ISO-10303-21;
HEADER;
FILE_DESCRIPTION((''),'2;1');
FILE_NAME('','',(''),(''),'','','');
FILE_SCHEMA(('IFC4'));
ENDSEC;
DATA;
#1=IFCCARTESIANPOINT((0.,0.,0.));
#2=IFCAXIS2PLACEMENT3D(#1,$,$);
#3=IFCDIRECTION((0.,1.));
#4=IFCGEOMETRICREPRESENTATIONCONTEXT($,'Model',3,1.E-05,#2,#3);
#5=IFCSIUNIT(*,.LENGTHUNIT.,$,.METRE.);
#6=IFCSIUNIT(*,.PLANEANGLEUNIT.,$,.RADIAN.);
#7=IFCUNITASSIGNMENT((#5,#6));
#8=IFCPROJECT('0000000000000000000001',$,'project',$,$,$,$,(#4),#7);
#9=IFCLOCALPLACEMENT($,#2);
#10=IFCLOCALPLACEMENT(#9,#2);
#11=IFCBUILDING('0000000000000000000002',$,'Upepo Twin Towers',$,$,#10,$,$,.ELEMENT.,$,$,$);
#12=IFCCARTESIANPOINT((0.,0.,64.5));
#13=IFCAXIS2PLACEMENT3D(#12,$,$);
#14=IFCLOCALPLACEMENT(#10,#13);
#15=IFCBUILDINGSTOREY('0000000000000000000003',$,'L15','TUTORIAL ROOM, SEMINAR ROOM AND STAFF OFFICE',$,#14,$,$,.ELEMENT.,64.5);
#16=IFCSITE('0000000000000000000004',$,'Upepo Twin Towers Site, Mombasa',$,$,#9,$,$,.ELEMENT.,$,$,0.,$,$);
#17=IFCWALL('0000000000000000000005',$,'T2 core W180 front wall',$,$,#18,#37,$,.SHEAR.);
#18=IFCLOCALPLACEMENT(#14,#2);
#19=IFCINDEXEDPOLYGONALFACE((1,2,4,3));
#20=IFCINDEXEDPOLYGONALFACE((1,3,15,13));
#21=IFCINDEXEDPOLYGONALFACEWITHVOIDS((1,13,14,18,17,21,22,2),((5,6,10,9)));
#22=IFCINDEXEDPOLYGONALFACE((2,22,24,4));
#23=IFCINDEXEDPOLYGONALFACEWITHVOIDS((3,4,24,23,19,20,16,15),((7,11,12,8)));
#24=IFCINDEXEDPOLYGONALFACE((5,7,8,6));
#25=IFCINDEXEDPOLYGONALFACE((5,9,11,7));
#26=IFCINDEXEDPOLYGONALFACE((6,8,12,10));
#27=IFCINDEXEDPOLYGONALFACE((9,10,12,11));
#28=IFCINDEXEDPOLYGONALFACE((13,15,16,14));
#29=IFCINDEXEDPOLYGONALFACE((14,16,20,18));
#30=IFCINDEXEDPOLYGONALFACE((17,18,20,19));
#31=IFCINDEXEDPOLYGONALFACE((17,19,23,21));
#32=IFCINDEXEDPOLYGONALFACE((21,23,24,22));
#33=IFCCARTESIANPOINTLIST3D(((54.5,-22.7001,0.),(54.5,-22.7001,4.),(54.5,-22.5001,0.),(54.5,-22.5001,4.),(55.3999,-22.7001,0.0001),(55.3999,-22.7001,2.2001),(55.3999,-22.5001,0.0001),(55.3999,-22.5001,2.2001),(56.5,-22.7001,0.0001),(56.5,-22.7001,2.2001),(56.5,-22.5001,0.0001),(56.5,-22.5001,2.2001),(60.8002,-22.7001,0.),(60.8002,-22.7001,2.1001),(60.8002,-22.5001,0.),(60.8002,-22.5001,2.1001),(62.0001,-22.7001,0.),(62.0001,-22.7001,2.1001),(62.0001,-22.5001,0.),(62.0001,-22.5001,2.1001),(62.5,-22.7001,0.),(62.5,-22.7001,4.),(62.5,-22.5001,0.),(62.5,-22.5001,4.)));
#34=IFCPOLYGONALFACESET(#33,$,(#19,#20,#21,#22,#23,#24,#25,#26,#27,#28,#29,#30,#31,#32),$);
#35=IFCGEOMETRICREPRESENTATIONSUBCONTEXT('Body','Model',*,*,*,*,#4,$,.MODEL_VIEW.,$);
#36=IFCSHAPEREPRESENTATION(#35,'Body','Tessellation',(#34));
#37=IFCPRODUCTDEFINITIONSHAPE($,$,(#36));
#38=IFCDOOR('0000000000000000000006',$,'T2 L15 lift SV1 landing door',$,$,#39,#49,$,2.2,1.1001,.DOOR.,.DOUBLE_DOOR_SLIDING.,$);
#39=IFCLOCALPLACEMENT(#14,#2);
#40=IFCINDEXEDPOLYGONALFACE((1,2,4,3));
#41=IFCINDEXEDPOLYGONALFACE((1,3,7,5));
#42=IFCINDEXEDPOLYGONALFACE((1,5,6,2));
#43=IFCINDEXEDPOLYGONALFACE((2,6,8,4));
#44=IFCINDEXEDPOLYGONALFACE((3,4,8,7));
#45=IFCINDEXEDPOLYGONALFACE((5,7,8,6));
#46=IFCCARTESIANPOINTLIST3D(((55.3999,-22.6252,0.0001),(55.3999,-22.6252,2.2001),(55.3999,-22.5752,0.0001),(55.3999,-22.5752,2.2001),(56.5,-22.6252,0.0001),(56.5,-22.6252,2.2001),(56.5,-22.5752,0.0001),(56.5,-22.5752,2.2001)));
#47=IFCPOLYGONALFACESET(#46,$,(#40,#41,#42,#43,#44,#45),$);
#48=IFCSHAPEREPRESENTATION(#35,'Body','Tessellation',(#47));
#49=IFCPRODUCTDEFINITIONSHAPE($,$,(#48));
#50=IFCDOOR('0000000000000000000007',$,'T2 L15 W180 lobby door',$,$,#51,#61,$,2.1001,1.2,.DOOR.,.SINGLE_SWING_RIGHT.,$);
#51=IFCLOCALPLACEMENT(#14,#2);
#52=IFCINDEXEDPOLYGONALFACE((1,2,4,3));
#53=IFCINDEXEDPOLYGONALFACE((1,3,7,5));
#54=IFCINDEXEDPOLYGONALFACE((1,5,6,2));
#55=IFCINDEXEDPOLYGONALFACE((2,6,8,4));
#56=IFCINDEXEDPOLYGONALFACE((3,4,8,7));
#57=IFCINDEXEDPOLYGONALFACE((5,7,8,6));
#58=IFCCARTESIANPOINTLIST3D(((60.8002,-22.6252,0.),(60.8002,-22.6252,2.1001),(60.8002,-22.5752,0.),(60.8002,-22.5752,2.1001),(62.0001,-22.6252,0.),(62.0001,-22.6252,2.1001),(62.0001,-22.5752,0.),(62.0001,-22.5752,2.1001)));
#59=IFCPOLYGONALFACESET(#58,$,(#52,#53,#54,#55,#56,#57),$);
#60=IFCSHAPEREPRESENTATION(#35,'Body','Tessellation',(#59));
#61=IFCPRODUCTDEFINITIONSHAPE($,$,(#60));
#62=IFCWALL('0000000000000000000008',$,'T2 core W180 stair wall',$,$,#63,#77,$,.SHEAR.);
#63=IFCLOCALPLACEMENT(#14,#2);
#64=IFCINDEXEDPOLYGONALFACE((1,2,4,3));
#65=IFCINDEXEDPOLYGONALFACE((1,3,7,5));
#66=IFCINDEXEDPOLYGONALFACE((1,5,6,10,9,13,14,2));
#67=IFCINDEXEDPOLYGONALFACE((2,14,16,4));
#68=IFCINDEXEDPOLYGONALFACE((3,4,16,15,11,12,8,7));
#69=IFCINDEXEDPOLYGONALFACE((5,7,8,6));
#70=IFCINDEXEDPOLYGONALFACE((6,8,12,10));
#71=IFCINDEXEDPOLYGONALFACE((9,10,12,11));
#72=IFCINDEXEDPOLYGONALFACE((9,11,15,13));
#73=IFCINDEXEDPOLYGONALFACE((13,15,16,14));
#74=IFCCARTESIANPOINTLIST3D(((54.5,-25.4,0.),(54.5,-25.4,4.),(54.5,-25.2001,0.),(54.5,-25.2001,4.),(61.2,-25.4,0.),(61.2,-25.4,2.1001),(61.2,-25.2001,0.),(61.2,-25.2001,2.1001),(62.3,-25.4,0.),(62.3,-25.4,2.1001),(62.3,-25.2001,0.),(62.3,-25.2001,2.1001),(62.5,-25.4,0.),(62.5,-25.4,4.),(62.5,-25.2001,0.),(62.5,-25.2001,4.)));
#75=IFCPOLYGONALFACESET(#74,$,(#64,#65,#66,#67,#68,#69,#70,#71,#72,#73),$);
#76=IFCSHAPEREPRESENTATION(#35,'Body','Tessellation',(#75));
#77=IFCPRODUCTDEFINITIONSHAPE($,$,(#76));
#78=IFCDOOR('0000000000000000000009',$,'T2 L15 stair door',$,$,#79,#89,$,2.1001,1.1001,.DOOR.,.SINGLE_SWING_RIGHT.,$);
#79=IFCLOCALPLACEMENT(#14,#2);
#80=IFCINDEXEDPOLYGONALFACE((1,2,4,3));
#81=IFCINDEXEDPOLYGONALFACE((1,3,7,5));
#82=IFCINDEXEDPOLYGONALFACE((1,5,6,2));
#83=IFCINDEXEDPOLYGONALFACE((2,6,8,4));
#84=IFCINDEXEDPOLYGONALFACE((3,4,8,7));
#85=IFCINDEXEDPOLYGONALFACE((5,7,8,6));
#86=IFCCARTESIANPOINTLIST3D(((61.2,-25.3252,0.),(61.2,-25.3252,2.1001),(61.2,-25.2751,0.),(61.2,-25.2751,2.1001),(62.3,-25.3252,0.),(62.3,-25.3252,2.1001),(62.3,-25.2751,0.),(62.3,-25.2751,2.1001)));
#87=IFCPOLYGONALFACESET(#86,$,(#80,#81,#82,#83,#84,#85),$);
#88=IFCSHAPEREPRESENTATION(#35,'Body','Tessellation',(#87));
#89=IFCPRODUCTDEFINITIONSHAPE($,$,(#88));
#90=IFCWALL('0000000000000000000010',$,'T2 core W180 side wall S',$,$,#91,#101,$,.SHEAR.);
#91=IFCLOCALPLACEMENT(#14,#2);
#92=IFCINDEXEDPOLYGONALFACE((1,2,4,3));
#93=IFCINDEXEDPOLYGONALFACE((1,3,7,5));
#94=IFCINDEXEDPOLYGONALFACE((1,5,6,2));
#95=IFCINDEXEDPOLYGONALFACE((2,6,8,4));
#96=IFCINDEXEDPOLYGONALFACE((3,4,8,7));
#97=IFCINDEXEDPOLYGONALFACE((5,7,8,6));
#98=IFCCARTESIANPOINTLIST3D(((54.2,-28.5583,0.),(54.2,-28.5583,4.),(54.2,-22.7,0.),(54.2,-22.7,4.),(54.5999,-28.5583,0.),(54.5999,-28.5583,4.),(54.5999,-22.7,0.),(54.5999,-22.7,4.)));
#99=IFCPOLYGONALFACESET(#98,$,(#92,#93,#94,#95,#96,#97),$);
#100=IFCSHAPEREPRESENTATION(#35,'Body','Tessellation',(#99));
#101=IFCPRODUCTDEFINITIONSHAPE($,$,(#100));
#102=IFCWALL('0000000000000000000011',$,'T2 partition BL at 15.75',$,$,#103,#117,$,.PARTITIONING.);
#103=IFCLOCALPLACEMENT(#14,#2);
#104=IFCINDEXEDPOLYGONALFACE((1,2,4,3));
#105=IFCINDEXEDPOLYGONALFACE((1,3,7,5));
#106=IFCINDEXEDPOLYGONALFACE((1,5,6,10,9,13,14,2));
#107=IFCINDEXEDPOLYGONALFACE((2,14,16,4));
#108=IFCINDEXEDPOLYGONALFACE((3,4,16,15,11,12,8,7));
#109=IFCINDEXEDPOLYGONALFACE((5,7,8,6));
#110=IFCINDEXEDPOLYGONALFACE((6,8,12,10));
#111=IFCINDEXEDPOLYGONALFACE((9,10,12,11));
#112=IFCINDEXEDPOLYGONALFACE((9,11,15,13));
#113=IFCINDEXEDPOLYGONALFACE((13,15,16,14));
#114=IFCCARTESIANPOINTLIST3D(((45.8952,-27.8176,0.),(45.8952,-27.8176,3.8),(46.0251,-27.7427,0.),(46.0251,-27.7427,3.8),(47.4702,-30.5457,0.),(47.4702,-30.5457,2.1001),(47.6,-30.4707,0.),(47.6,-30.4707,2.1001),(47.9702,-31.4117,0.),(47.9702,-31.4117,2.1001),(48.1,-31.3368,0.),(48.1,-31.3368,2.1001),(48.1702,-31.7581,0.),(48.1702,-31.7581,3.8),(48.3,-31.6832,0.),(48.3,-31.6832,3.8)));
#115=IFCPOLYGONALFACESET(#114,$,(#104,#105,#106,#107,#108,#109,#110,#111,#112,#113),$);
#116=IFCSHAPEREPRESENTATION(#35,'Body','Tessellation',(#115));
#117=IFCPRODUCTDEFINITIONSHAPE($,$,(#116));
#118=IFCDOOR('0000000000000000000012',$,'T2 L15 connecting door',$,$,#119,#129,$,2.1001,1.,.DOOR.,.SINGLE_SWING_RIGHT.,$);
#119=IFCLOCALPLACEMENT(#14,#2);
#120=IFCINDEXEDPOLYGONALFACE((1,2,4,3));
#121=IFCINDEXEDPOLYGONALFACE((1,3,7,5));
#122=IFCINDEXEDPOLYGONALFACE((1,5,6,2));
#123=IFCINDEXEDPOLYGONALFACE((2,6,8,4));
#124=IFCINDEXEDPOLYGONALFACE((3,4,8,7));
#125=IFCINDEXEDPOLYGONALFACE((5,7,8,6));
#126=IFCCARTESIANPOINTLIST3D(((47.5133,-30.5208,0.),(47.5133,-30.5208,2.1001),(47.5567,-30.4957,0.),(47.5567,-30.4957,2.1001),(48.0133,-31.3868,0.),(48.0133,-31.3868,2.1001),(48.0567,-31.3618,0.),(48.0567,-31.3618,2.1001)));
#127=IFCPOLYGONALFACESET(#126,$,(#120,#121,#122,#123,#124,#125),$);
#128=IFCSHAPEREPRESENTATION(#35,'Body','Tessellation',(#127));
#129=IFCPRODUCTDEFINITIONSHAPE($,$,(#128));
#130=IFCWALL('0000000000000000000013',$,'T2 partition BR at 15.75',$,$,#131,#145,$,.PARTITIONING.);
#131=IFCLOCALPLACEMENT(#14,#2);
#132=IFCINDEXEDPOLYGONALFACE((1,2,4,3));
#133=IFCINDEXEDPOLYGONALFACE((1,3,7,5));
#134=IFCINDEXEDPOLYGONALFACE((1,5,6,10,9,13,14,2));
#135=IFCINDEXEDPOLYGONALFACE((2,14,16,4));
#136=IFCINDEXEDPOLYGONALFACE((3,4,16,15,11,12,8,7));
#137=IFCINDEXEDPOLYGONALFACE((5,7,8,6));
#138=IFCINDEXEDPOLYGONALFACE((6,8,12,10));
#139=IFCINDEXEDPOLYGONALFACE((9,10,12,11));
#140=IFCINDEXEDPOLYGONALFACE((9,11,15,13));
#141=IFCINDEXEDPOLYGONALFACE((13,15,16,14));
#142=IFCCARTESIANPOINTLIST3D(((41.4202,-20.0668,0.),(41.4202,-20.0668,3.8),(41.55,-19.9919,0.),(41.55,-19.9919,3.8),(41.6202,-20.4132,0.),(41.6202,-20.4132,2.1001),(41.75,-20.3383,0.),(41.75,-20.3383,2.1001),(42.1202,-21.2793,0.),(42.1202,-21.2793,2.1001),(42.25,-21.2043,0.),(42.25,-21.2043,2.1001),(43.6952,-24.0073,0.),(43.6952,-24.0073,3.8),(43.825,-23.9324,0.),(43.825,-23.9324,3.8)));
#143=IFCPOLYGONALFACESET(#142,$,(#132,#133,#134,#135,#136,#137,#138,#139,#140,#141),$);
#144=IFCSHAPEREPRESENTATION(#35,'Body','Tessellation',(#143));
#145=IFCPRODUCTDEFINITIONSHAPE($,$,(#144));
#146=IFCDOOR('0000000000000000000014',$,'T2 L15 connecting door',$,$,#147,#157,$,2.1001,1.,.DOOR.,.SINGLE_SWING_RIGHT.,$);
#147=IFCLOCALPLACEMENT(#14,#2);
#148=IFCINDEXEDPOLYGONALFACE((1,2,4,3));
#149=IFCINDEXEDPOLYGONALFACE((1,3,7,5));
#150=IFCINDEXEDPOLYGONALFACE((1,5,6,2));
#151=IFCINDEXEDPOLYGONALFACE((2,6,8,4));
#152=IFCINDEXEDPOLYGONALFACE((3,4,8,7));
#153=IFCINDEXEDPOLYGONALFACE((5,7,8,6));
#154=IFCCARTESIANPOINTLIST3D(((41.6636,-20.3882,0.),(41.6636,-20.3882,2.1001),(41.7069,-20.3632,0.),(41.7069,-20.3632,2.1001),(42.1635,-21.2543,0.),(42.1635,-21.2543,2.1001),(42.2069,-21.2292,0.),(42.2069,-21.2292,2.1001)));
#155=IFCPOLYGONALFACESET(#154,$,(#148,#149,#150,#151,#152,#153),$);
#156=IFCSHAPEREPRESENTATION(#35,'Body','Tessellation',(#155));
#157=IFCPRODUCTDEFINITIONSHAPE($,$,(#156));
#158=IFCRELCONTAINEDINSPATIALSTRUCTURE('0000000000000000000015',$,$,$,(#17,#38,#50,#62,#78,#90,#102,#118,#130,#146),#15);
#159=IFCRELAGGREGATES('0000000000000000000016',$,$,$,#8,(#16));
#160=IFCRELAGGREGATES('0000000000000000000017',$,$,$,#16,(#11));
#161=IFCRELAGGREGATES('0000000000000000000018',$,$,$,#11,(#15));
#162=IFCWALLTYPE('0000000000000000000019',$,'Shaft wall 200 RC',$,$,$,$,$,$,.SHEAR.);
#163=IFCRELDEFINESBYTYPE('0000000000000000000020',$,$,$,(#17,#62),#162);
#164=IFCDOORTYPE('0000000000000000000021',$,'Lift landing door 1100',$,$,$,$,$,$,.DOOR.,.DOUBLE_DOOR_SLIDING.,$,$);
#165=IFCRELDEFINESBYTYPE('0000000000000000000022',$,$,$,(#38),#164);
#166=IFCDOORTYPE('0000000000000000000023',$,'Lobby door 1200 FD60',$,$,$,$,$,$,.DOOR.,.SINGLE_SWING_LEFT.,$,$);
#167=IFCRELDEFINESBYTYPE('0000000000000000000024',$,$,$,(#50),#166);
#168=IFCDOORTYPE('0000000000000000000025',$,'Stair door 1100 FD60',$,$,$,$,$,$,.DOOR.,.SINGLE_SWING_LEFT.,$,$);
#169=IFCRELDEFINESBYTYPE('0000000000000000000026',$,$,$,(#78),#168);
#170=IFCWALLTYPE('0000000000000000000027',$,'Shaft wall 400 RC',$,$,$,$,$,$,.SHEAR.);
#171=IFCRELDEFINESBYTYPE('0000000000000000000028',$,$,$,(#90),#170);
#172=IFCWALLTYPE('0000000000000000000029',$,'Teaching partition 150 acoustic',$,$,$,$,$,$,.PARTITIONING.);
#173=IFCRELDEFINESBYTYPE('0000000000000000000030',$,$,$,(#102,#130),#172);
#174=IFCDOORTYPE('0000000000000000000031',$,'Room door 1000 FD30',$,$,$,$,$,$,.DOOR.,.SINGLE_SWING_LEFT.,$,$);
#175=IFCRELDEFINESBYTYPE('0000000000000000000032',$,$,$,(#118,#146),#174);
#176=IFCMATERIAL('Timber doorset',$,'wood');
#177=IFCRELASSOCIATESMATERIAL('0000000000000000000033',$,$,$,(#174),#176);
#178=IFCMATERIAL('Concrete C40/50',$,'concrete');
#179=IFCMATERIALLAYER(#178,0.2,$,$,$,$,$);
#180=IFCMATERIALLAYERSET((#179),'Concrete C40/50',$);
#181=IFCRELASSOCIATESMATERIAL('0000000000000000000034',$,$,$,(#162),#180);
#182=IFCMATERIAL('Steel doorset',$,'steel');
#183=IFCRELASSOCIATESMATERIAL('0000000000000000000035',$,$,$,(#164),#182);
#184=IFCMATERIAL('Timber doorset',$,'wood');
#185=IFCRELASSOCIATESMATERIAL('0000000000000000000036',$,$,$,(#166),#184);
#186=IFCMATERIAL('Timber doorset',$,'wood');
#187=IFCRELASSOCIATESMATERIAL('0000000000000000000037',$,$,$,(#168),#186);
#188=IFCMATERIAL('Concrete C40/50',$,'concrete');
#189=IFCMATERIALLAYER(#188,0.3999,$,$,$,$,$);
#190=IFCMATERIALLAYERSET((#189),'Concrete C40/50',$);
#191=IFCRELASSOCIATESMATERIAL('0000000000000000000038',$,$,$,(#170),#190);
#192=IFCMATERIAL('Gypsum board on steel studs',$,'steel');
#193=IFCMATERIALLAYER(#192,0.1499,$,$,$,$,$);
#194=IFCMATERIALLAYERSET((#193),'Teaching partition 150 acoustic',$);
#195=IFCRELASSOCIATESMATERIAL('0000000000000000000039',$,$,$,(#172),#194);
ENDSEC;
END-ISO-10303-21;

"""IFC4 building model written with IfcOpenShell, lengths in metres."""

from ifc_helpers import new_model, si_unit, direction, frame, frame_2d, origin, place, context, subcontext, project, spatial, rectangle, extrude, material, layer, layer_set, type_object, element, fill, save


model = new_model("IFC4")

# Units and contexts
model_context = context("Model", 3, precision=1e-05, world=origin(), true_north=direction((0.0, 1.0)))
body_context = subcontext(model_context, "Body", "Model", "MODEL_VIEW")
ifc_project = project(units=[si_unit("LENGTHUNIT", "METRE"), si_unit("PLANEANGLEUNIT", "RADIAN")], contexts=[model_context])

# Site, building, storey
site_placement = place(None, origin())
site = spatial("IfcSite", under=ifc_project, at=site_placement, Name="Upepo Twin Towers Site, Mombasa", CompositionType="ELEMENT", RefElevation=0.0)
building_placement = place(site_placement, origin())
building = spatial("IfcBuilding", under=site, at=building_placement, Name="Upepo Twin Towers", CompositionType="ELEMENT")
storey_placement = place(building_placement, frame((0.0, 0.0, 64.5)))
storey = spatial("IfcBuildingStorey", under=building, at=storey_placement, Name="L15", Description="TUTORIAL ROOM, SEMINAR ROOM AND STAFF OFFICE", CompositionType="ELEMENT", Elevation=64.5)

# Shared definitions
ifc_material_1 = material(Name="Timber doorset", Category="wood")
door_type_1 = type_object("IfcDoorType", Name="Room door 1000 FD30", OperationType="SINGLE_SWING_LEFT", PredefinedType="DOOR", material=ifc_material_1)

# Wall, openings, doors
ifc_material_2 = material(Name="Concrete C40/50", Category="concrete")
ifc_layer_1 = layer(ifc_material_2, 0.2)
ifc_layer_set_1 = layer_set([ifc_layer_1], Name="Concrete C40/50")
wall_type_1 = type_object("IfcWallType", Name="Shaft wall 200 RC", PredefinedType="SHEAR", material=ifc_layer_set_1)
wall_1_placement = place(storey_placement, frame((54.5, -22.6001, 0.0), z_axis=(0.0, 0.0, 1.0), x_axis=(1.0, 0.0, 0.0)))
wall_1 = element("IfcWall", 1, at=wall_1_placement, inside=storey, type_object=wall_type_1, Name="T2 core W180 front wall", PredefinedType="SHEAR", context=body_context, shape_type="SweptSolid", body=[
    extrude(rectangle(XDim=8.0, YDim=0.2, at=frame_2d((4.0, 0.0))), origin(), (0.0, 0.0, 1.0), 4.0),
])
opening_1_placement = place(wall_1_placement, frame((6.3, 0.0, 0.0)))
opening_1 = element("IfcOpeningElement", 2, at=opening_1_placement, cuts=wall_1, PredefinedType="OPENING", context=body_context, shape_type="SweptSolid", body=[
    extrude(rectangle(XDim=1.2, YDim=2.1001, at=frame_2d((0.6001, 1.05))), frame((0.0, 0.1099, 0.0), z_axis=(0.0, -1.0, 0.0), x_axis=(1.0, 0.0, 0.0)), (0.0, 0.0, 1.0), 0.22),
])
opening_2_placement = place(wall_1_placement, frame((0.8999, 0.0, 0.0)))
opening_2 = element("IfcOpeningElement", 3, at=opening_2_placement, cuts=wall_1, PredefinedType="OPENING", context=body_context, shape_type="SweptSolid", body=[
    extrude(rectangle(XDim=1.1001, YDim=2.2, at=frame_2d((0.55, 1.1001))), frame((0.0, 0.1099, 0.0), z_axis=(0.0, -1.0, 0.0), x_axis=(1.0, 0.0, 0.0)), (0.0, 0.0, 1.0), 0.22),
])
ifc_material_3 = material(Name="Steel doorset", Category="steel")
door_type_2 = type_object("IfcDoorType", Name="Lift landing door 1100", OperationType="DOUBLE_DOOR_SLIDING", PredefinedType="DOOR", material=ifc_material_3)
door_1_placement = place(opening_2_placement, origin())
door_1 = element("IfcDoor", 4, at=door_1_placement, inside=storey, type_object=door_type_2, Name="T2 L15 lift SV1 landing door", OperationType="DOUBLE_DOOR_SLIDING", OverallHeight=2.2, OverallWidth=1.1001, PredefinedType="DOOR", context=body_context, shape_type="SweptSolid", body=[
    extrude(rectangle(XDim=1.1001, YDim=2.2, at=frame_2d((0.55, 1.1001))), frame((0.0, 0.0249, 0.0), z_axis=(0.0, -1.0, 0.0), x_axis=(1.0, 0.0, 0.0)), (0.0, 0.0, 1.0), 0.05),
])
fill(opening_2, door_1)
ifc_material_4 = material(Name="Timber doorset", Category="wood")
door_type_3 = type_object("IfcDoorType", Name="Lobby door 1200 FD60", OperationType="SINGLE_SWING_LEFT", PredefinedType="DOOR", material=ifc_material_4)
door_2_placement = place(opening_1_placement, origin())
door_2 = element("IfcDoor", 5, at=door_2_placement, inside=storey, type_object=door_type_3, Name="T2 L15 W180 lobby door", OperationType="SINGLE_SWING_RIGHT", OverallHeight=2.1001, OverallWidth=1.2, PredefinedType="DOOR", context=body_context, shape_type="SweptSolid", body=[
    extrude(rectangle(XDim=1.2, YDim=2.1001, at=frame_2d((0.6001, 1.05))), frame((0.0, 0.0249, 0.0), z_axis=(0.0, -1.0, 0.0), x_axis=(1.0, 0.0, 0.0)), (0.0, 0.0, 1.0), 0.05),
])
fill(opening_1, door_2)

# Wall, opening, door
wall_2_placement = place(storey_placement, frame((54.5, -25.3, 0.0), z_axis=(0.0, 0.0, 1.0), x_axis=(1.0, 0.0, 0.0)))
wall_2 = element("IfcWall", 6, at=wall_2_placement, inside=storey, type_object=wall_type_1, Name="T2 core W180 stair wall", PredefinedType="SHEAR", context=body_context, shape_type="SweptSolid", body=[
    extrude(rectangle(XDim=8.0, YDim=0.2, at=frame_2d((4.0, 0.0))), origin(), (0.0, 0.0, 1.0), 4.0),
])
opening_3_placement = place(wall_2_placement, frame((6.7, 0.0, 0.0)))
opening_3 = element("IfcOpeningElement", 7, at=opening_3_placement, cuts=wall_2, PredefinedType="OPENING", context=body_context, shape_type="SweptSolid", body=[
    extrude(rectangle(XDim=1.1001, YDim=2.1001, at=frame_2d((0.55, 1.05))), frame((0.0, 0.1099, 0.0), z_axis=(0.0, -1.0, 0.0), x_axis=(1.0, 0.0, 0.0)), (0.0, 0.0, 1.0), 0.22),
])
ifc_material_5 = material(Name="Timber doorset", Category="wood")
door_type_4 = type_object("IfcDoorType", Name="Stair door 1100 FD60", OperationType="SINGLE_SWING_LEFT", PredefinedType="DOOR", material=ifc_material_5)
door_3_placement = place(opening_3_placement, origin())
door_3 = element("IfcDoor", 8, at=door_3_placement, inside=storey, type_object=door_type_4, Name="T2 L15 stair door", OperationType="SINGLE_SWING_RIGHT", OverallHeight=2.1001, OverallWidth=1.1001, PredefinedType="DOOR", context=body_context, shape_type="SweptSolid", body=[
    extrude(rectangle(XDim=1.1001, YDim=2.1001, at=frame_2d((0.55, 1.05))), frame((0.0, 0.0249, 0.0), z_axis=(0.0, -1.0, 0.0), x_axis=(1.0, 0.0, 0.0)), (0.0, 0.0, 1.0), 0.05),
])
fill(opening_3, door_3)

# Wall
ifc_material_6 = material(Name="Concrete C40/50", Category="concrete")
ifc_layer_2 = layer(ifc_material_6, 0.3999)
ifc_layer_set_2 = layer_set([ifc_layer_2], Name="Concrete C40/50")
wall_type_2 = type_object("IfcWallType", Name="Shaft wall 400 RC", PredefinedType="SHEAR", material=ifc_layer_set_2)
wall_3_placement = place(storey_placement, frame((54.3999, -22.7, 0.0), z_axis=(0.0, 0.0, 1.0), x_axis=(0.0, -1.0, 0.0)))
element("IfcWall", 9, at=wall_3_placement, inside=storey, type_object=wall_type_2, Name="T2 core W180 side wall S", PredefinedType="SHEAR", context=body_context, shape_type="SweptSolid", body=[
    extrude(rectangle(XDim=5.8584, YDim=0.3999, at=frame_2d((2.9292, 0.0))), origin(), (0.0, 0.0, 1.0), 4.0),
])

# Walls, openings, doors
ifc_material_7 = material(Name="Gypsum board on steel studs", Category="steel")
ifc_layer_3 = layer(ifc_material_7, 0.1499)
ifc_layer_set_3 = layer_set([ifc_layer_3], Name="Teaching partition 150 acoustic")
wall_type_3 = type_object("IfcWallType", Name="Teaching partition 150 acoustic", PredefinedType="PARTITIONING", material=ifc_layer_set_3)
wall_4_placement = place(storey_placement, frame((45.9602, -27.7803, 0.0), z_axis=(0.0, 0.0, 1.0), x_axis=(0.499983, -0.866035, 0.0)))
wall_4 = element("IfcWall", 10, at=wall_4_placement, inside=storey, type_object=wall_type_3, Name="T2 partition BL at 15.75", PredefinedType="PARTITIONING", context=body_context, shape_type="SweptSolid", body=[
    extrude(rectangle(XDim=4.55, YDim=0.1499, at=frame_2d((2.2749, 0.0))), origin(), (0.0, 0.0, 1.0), 3.8),
])
opening_4_placement = place(wall_4_placement, frame((3.1499, 0.0, 0.0)))
opening_4 = element("IfcOpeningElement", 11, at=opening_4_placement, cuts=wall_4, PredefinedType="OPENING", context=body_context, shape_type="SweptSolid", body=[
    extrude(rectangle(XDim=1.0, YDim=2.1001, at=frame_2d((0.5, 1.05))), frame((0.0, 0.085, 0.0), z_axis=(0.0, -1.0, 0.0), x_axis=(1.0, 0.0, 0.0)), (0.0, 0.0, 1.0), 0.1699),
])
door_4_placement = place(opening_4_placement, origin())
door_4 = element("IfcDoor", 12, at=door_4_placement, inside=storey, type_object=door_type_1, Name="T2 L15 connecting door", OperationType="SINGLE_SWING_RIGHT", OverallHeight=2.1001, OverallWidth=1.0, PredefinedType="DOOR", context=body_context, shape_type="SweptSolid", body=[
    extrude(rectangle(XDim=1.0, YDim=2.1001, at=frame_2d((0.5, 1.05))), frame((0.0, 0.0249, 0.0), z_axis=(0.0, -1.0, 0.0), x_axis=(1.0, 0.0, 0.0)), (0.0, 0.0, 1.0), 0.05),
])
fill(opening_4, door_4)
wall_5_placement = place(storey_placement, frame((43.76, -23.9697, 0.0), z_axis=(0.0, 0.0, 1.0), x_axis=(-0.499983, 0.866035, 0.0)))
wall_5 = element("IfcWall", 13, at=wall_5_placement, inside=storey, type_object=wall_type_3, Name="T2 partition BR at 15.75", PredefinedType="PARTITIONING", context=body_context, shape_type="SweptSolid", body=[
    extrude(rectangle(XDim=4.55, YDim=0.1499, at=frame_2d((2.2749, 0.0))), origin(), (0.0, 0.0, 1.0), 3.8),
])
opening_5_placement = place(wall_5_placement, frame((3.1499, 0.0, 0.0)))
opening_5 = element("IfcOpeningElement", 14, at=opening_5_placement, cuts=wall_5, PredefinedType="OPENING", context=body_context, shape_type="SweptSolid", body=[
    extrude(rectangle(XDim=1.0, YDim=2.1001, at=frame_2d((0.5, 1.05))), frame((0.0, 0.085, 0.0), z_axis=(0.0, -1.0, 0.0), x_axis=(1.0, 0.0, 0.0)), (0.0, 0.0, 1.0), 0.1699),
])
door_5_placement = place(opening_5_placement, origin())
door_5 = element("IfcDoor", 15, at=door_5_placement, inside=storey, type_object=door_type_1, Name="T2 L15 connecting door", OperationType="SINGLE_SWING_RIGHT", OverallHeight=2.1001, OverallWidth=1.0, PredefinedType="DOOR", context=body_context, shape_type="SweptSolid", body=[
    extrude(rectangle(XDim=1.0, YDim=2.1001, at=frame_2d((0.5, 1.05))), frame((0.0, 0.0249, 0.0), z_axis=(0.0, -1.0, 0.0), x_axis=(1.0, 0.0, 0.0)), (0.0, 0.0, 1.0), 0.05),
])
fill(opening_5, door_5)

save(model, "model.ifc")
